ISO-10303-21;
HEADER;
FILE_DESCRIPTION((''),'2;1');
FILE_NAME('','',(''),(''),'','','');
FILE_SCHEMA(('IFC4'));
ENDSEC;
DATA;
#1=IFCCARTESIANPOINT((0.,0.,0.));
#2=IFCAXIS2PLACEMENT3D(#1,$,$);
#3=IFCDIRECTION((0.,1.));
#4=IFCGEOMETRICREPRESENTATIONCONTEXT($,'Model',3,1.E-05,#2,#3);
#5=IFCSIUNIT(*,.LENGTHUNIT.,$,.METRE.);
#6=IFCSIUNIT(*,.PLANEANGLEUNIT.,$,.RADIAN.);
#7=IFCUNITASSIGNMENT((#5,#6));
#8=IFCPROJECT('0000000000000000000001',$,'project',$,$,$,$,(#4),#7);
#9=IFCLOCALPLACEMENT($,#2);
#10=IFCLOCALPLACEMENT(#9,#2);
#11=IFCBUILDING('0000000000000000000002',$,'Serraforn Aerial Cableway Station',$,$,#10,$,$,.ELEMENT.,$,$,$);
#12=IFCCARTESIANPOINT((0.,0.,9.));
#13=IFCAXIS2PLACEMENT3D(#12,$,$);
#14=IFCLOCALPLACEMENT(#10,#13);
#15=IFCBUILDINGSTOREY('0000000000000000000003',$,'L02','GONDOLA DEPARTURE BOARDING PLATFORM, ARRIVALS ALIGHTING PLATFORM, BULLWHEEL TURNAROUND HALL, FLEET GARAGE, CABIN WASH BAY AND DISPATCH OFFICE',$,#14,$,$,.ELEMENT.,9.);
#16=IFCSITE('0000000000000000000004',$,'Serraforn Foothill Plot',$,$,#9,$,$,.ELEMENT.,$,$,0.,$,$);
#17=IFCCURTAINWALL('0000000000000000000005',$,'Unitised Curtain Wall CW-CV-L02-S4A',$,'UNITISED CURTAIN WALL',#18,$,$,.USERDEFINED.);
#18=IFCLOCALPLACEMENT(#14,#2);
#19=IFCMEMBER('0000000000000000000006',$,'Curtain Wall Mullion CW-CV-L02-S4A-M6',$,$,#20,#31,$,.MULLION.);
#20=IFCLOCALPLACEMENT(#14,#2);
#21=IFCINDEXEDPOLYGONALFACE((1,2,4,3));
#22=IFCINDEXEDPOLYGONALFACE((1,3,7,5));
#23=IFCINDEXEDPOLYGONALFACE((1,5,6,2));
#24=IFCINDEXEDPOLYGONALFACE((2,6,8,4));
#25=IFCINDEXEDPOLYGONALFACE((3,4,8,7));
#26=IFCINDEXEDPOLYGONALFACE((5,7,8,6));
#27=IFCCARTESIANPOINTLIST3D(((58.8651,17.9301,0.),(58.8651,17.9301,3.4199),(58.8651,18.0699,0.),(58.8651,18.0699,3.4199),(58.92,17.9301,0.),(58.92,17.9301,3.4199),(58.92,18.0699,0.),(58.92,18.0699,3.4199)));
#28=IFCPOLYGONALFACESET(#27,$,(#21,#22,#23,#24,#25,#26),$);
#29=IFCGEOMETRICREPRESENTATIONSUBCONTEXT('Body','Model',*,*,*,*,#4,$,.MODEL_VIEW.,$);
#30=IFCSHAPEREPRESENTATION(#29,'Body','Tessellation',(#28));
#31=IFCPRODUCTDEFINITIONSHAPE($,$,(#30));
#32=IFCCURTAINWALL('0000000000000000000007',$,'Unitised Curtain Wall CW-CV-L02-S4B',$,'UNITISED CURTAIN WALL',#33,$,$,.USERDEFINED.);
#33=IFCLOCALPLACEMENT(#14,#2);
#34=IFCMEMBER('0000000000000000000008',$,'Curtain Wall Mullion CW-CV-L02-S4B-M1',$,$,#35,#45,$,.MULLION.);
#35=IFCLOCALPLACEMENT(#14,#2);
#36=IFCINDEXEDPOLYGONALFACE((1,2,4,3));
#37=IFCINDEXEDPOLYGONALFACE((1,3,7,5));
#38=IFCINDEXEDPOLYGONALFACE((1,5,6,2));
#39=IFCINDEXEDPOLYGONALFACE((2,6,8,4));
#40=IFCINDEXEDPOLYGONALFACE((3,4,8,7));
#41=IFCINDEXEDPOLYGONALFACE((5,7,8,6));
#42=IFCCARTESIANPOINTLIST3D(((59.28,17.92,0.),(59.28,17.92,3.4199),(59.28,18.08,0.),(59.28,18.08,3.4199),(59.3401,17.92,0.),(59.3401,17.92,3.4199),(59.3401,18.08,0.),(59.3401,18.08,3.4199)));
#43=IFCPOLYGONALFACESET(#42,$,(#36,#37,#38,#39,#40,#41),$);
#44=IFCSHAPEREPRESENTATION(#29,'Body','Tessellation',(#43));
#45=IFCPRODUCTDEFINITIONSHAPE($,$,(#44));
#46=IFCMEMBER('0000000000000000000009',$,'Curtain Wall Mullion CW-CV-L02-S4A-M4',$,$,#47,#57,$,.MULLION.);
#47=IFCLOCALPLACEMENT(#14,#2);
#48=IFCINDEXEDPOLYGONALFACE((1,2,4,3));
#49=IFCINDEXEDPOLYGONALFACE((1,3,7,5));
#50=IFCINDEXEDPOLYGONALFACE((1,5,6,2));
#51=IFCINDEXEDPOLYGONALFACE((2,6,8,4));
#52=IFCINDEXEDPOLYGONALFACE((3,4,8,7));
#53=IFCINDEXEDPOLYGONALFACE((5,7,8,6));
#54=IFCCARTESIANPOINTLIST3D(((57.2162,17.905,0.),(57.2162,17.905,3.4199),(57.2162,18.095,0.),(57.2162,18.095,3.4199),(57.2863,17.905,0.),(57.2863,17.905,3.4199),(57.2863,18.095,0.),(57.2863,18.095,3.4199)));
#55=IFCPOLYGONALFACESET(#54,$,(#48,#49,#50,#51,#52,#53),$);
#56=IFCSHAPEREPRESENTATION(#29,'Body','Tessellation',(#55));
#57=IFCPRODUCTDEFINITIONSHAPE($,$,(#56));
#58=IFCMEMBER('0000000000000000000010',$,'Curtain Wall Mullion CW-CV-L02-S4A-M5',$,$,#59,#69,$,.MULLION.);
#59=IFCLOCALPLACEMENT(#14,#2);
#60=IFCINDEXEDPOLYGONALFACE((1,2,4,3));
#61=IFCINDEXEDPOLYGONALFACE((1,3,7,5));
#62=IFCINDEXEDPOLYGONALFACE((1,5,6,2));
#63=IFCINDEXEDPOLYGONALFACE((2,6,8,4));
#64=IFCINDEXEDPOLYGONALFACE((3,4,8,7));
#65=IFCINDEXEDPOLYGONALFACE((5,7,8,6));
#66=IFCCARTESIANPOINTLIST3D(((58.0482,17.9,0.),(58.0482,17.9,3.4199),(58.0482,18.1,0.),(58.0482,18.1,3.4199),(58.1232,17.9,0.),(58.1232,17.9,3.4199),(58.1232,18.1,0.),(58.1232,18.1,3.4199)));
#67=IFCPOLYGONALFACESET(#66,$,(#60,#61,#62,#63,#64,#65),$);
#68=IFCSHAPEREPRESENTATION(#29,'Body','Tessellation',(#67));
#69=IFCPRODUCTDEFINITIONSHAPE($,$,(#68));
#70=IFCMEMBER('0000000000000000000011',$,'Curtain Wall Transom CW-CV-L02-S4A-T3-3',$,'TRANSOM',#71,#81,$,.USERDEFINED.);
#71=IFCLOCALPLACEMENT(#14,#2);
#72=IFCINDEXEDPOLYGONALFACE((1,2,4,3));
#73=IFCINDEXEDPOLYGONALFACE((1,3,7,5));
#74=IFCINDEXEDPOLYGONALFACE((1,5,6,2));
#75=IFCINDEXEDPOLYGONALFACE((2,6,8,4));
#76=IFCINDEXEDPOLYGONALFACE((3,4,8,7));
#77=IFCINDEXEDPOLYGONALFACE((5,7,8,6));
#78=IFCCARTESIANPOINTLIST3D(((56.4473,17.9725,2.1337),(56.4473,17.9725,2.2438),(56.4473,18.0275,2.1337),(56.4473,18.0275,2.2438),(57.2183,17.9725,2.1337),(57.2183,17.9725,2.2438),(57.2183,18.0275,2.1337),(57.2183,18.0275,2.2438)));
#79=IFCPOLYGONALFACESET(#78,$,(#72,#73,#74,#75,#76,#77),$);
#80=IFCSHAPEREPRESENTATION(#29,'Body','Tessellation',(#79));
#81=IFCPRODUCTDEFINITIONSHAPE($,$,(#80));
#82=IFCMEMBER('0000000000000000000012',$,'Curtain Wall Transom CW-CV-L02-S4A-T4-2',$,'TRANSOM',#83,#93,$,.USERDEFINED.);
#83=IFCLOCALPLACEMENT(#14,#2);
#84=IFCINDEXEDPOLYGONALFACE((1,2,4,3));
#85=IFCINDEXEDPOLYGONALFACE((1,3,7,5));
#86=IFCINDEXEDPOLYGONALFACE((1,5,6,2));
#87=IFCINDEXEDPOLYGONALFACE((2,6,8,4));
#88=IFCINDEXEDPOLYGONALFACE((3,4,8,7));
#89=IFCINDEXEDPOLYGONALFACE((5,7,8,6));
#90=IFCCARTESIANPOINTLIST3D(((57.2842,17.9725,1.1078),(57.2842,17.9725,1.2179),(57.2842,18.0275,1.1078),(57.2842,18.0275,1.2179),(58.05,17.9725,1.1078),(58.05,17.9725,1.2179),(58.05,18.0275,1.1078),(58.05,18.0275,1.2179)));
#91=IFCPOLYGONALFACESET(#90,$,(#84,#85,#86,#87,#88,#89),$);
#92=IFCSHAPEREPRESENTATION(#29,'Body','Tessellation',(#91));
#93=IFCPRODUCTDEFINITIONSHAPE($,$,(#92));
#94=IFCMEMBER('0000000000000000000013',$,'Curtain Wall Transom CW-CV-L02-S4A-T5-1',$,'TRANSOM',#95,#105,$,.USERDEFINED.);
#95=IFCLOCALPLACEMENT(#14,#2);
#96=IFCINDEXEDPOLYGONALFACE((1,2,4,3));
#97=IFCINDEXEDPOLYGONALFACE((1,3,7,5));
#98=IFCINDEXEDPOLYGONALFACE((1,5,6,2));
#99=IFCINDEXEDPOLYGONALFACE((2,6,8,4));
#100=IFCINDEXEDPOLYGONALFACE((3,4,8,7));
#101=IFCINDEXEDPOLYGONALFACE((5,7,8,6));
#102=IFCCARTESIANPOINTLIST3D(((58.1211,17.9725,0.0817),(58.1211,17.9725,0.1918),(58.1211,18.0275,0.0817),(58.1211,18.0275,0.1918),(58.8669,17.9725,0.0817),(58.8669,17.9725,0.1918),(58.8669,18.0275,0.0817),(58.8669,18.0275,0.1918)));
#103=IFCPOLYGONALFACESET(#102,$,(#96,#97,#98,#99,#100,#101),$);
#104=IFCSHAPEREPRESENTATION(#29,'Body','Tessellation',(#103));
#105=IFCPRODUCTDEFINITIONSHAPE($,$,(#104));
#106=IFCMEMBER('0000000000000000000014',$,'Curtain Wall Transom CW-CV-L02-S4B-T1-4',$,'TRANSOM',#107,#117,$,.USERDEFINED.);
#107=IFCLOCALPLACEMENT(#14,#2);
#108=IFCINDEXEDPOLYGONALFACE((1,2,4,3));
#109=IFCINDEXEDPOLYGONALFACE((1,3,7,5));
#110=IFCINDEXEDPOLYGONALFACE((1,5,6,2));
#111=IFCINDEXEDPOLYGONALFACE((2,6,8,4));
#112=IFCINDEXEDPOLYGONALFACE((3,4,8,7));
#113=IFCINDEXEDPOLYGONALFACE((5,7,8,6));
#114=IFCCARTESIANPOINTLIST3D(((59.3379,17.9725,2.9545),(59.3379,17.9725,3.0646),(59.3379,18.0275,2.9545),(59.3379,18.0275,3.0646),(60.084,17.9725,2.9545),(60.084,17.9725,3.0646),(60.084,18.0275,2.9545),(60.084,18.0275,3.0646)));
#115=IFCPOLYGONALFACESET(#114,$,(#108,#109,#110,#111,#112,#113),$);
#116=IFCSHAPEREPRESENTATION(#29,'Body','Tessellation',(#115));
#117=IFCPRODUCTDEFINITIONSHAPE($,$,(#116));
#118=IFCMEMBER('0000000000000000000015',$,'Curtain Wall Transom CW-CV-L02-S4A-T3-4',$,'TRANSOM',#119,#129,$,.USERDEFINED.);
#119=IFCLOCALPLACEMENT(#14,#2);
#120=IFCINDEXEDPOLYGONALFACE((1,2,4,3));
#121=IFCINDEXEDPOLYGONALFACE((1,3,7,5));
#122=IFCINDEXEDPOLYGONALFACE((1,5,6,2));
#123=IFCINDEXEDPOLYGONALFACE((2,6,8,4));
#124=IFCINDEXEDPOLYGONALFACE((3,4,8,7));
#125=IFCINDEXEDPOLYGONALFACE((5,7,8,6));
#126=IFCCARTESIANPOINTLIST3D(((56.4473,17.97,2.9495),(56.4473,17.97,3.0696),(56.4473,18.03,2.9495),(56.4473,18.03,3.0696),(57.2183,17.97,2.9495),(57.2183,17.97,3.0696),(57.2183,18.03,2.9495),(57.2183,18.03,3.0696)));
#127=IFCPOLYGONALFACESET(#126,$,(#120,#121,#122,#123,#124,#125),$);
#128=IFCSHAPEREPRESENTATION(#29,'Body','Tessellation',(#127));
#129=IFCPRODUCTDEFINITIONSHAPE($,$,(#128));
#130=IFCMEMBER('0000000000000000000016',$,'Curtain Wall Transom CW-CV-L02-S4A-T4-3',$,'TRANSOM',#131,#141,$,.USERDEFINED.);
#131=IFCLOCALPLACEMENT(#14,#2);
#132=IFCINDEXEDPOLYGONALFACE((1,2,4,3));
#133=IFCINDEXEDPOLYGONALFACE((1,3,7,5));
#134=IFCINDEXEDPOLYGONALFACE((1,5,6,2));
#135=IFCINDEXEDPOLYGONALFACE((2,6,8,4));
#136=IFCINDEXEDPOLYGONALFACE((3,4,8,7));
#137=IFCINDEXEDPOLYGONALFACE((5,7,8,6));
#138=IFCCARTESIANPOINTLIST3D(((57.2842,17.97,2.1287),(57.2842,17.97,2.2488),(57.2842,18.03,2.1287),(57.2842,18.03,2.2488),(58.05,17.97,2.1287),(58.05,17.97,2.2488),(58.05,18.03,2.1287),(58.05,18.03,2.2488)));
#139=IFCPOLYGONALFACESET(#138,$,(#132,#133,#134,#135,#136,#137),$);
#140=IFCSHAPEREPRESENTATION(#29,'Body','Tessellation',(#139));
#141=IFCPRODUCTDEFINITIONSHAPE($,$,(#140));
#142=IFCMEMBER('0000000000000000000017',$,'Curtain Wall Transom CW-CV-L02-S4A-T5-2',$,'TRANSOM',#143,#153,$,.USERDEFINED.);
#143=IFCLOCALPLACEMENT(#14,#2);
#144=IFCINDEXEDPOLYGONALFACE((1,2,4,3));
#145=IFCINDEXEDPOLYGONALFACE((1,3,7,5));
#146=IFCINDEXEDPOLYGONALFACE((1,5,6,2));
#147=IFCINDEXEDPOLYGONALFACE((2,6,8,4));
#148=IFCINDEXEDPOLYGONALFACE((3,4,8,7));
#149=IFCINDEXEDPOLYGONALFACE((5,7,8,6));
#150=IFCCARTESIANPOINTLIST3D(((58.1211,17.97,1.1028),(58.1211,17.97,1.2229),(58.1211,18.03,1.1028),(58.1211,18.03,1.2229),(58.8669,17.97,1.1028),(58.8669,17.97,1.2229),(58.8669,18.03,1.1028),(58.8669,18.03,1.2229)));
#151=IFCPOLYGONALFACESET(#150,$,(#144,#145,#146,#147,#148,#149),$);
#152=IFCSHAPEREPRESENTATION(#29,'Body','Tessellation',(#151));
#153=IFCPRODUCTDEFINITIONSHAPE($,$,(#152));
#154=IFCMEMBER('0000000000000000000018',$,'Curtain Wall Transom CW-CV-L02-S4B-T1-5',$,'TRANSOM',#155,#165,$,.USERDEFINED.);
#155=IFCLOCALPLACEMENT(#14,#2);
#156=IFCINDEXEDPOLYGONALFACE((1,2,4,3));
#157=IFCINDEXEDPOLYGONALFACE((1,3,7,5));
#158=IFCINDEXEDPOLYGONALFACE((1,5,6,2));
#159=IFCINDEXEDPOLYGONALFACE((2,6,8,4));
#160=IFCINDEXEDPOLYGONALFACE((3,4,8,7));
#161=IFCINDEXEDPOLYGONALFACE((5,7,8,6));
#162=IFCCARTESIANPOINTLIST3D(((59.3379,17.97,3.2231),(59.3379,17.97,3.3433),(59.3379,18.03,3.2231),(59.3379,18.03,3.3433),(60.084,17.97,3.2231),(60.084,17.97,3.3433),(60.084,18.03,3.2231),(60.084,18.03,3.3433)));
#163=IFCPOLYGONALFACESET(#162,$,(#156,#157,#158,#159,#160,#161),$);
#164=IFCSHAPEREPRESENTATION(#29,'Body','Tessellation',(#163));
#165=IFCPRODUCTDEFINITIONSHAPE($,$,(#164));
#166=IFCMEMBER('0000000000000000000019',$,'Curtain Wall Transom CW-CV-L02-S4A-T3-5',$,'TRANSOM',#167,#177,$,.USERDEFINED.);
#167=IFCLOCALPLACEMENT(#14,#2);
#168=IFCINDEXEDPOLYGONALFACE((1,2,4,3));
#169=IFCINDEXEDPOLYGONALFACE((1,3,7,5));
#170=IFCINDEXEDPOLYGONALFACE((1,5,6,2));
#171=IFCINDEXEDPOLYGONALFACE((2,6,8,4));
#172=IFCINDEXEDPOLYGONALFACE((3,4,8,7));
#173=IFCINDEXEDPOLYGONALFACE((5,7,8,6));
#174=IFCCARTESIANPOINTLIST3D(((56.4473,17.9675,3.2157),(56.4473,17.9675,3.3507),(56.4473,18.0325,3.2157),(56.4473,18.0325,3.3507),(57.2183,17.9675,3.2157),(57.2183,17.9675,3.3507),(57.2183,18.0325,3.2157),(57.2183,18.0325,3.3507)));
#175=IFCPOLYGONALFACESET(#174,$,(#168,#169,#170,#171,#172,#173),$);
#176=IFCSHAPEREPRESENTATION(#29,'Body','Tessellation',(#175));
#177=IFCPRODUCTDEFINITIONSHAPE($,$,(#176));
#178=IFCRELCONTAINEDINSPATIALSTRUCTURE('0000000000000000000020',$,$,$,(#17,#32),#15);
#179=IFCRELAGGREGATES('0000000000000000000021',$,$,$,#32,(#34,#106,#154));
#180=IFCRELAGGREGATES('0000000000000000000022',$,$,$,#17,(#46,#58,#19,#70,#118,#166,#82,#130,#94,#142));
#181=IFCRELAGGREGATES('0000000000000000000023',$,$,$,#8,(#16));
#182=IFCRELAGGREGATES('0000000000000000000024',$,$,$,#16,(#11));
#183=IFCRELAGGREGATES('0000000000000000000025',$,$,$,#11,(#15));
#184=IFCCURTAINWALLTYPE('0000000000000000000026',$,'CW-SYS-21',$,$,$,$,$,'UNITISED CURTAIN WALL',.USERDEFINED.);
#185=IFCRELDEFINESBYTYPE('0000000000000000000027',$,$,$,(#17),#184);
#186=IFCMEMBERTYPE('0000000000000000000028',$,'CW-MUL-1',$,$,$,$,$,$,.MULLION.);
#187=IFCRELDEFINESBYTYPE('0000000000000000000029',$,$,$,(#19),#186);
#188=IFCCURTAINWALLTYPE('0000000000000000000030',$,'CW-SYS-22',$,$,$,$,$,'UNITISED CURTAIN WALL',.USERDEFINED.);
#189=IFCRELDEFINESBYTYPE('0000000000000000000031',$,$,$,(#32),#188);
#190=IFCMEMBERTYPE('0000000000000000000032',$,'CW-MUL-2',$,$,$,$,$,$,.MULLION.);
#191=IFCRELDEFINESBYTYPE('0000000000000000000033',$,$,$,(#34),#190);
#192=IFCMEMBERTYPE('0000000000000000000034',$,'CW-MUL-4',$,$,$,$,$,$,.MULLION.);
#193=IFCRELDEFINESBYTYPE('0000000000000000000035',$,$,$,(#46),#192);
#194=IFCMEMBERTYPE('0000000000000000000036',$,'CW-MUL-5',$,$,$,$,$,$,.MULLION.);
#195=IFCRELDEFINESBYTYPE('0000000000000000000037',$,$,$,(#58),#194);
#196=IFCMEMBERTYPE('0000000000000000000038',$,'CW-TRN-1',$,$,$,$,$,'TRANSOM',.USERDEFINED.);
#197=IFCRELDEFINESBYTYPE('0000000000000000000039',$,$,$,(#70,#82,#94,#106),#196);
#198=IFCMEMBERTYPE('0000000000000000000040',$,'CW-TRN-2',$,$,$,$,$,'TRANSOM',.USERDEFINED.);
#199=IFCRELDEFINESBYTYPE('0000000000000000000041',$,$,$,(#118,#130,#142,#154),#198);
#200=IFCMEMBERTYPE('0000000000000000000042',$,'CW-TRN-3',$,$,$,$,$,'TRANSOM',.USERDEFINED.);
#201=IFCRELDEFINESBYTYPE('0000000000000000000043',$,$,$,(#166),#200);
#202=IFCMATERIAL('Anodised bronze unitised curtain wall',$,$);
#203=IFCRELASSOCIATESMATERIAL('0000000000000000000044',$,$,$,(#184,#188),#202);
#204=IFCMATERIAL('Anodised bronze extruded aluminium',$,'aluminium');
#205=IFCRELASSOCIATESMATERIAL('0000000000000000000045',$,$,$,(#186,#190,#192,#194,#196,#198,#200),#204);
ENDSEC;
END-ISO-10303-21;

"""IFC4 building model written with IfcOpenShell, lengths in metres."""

from ifc_helpers import new_model, si_unit, direction, frame, origin, origin_2d, place, context, subcontext, project, spatial, rectangle, extrude, material, material_profile, profile_set, type_object, element, aggregate, save


model = new_model("IFC4")

# Units and contexts
model_context = context("Model", 3, precision=1e-05, world=origin(), true_north=direction((0.0, 1.0)))
body_context = subcontext(model_context, "Body", "Model", "MODEL_VIEW")
ifc_project = project(units=[si_unit("LENGTHUNIT", "METRE"), si_unit("PLANEANGLEUNIT", "RADIAN")], contexts=[model_context])

# Site, building, storey
site_placement = place(None, origin())
site = spatial("IfcSite", under=ifc_project, at=site_placement, Name="Serraforn Foothill Plot", CompositionType="ELEMENT", RefElevation=0.0)
building_placement = place(site_placement, origin())
building = spatial("IfcBuilding", under=site, at=building_placement, Name="Serraforn Aerial Cableway Station", CompositionType="ELEMENT")
storey_placement = place(building_placement, frame((0.0, 0.0, 9.0)))
storey = spatial("IfcBuildingStorey", under=building, at=storey_placement, Name="L02", Description="GONDOLA DEPARTURE BOARDING PLATFORM, ARRIVALS ALIGHTING PLATFORM, BULLWHEEL TURNAROUND HALL, FLEET GARAGE, CABIN WASH BAY AND DISPATCH OFFICE", CompositionType="ELEMENT", Elevation=9.0)

# Curtain walls, members
ifc_material_1 = material(Name="Anodised bronze unitised curtain wall")
curtain_wall_type_1 = type_object("IfcCurtainWallType", Name="CW-SYS-21", ElementType="UNITISED CURTAIN WALL", PredefinedType="USERDEFINED", material=ifc_material_1)
curtain_wall_1_placement = place(storey_placement, origin())
curtain_wall_1 = element("IfcCurtainWall", 1, at=curtain_wall_1_placement, inside=storey, type_object=curtain_wall_type_1, Name="Unitised Curtain Wall CW-CV-L02-S4A", ObjectType="UNITISED CURTAIN WALL", PredefinedType="USERDEFINED")
ifc_material_2 = material(Name="Anodised bronze extruded aluminium", Category="aluminium")
ifc_material_profile_1 = material_profile(ifc_material_2, rectangle(XDim=0.0549, YDim=0.1399, at=origin_2d()), Name="CW MULLION 55x140")
ifc_profile_set_1 = profile_set([ifc_material_profile_1], Name="Anodised bronze extruded aluminium")
member_type_1 = type_object("IfcMemberType", Name="CW-MUL-1", PredefinedType="MULLION", material=ifc_profile_set_1)
member_1_placement = place(storey_placement, frame((58.8926, 18.0, 0.0), z_axis=(0.0, 0.0, 1.0), x_axis=(1.0, 0.0, 0.0)))
member_1 = element("IfcMember", 2, at=member_1_placement, type_object=member_type_1, Name="Curtain Wall Mullion CW-CV-L02-S4A-M6", PredefinedType="MULLION", context=body_context, shape_type="SweptSolid", body=[
    extrude(rectangle(XDim=0.0549, YDim=0.1399, at=origin_2d()), origin(), (0.0, 0.0, 1.0), 3.4199),
])
curtain_wall_type_2 = type_object("IfcCurtainWallType", Name="CW-SYS-22", ElementType="UNITISED CURTAIN WALL", PredefinedType="USERDEFINED", material=ifc_material_1)
curtain_wall_2_placement = place(storey_placement, origin())
curtain_wall_2 = element("IfcCurtainWall", 3, at=curtain_wall_2_placement, inside=storey, type_object=curtain_wall_type_2, Name="Unitised Curtain Wall CW-CV-L02-S4B", ObjectType="UNITISED CURTAIN WALL", PredefinedType="USERDEFINED")
ifc_material_profile_2 = material_profile(ifc_material_2, rectangle(XDim=0.0601, YDim=0.1599, at=origin_2d()), Name="CW MULLION 60x160")
ifc_profile_set_2 = profile_set([ifc_material_profile_2], Name="Anodised bronze extruded aluminium")
member_type_2 = type_object("IfcMemberType", Name="CW-MUL-2", PredefinedType="MULLION", material=ifc_profile_set_2)
member_2_placement = place(storey_placement, frame((59.3101, 18.0, 0.0), z_axis=(0.0, 0.0, 1.0), x_axis=(1.0, 0.0, 0.0)))
member_2 = element("IfcMember", 4, at=member_2_placement, type_object=member_type_2, Name="Curtain Wall Mullion CW-CV-L02-S4B-M1", PredefinedType="MULLION", context=body_context, shape_type="SweptSolid", body=[
    extrude(rectangle(XDim=0.0601, YDim=0.1599, at=origin_2d()), origin(), (0.0, 0.0, 1.0), 3.4199),
])

# Members
ifc_material_profile_3 = material_profile(ifc_material_2, rectangle(XDim=0.0701, YDim=0.1899, at=origin_2d()), Name="CW MULLION 70x190")
ifc_profile_set_3 = profile_set([ifc_material_profile_3], Name="Anodised bronze extruded aluminium")
member_type_3 = type_object("IfcMemberType", Name="CW-MUL-4", PredefinedType="MULLION", material=ifc_profile_set_3)
member_3_placement = place(storey_placement, frame((57.2512, 18.0, 0.0), z_axis=(0.0, 0.0, 1.0), x_axis=(1.0, 0.0, 0.0)))
member_3 = element("IfcMember", 5, at=member_3_placement, type_object=member_type_3, Name="Curtain Wall Mullion CW-CV-L02-S4A-M4", PredefinedType="MULLION", context=body_context, shape_type="SweptSolid", body=[
    extrude(rectangle(XDim=0.0701, YDim=0.1899, at=origin_2d()), origin(), (0.0, 0.0, 1.0), 3.4199),
])
ifc_material_profile_4 = material_profile(ifc_material_2, rectangle(XDim=0.075, YDim=0.2, at=origin_2d()), Name="CW MULLION 75x200")
ifc_profile_set_4 = profile_set([ifc_material_profile_4], Name="Anodised bronze extruded aluminium")
member_type_4 = type_object("IfcMemberType", Name="CW-MUL-5", PredefinedType="MULLION", material=ifc_profile_set_4)
member_4_placement = place(storey_placement, frame((58.0857, 18.0, 0.0), z_axis=(0.0, 0.0, 1.0), x_axis=(1.0, 0.0, 0.0)))
member_4 = element("IfcMember", 6, at=member_4_placement, type_object=member_type_4, Name="Curtain Wall Mullion CW-CV-L02-S4A-M5", PredefinedType="MULLION", context=body_context, shape_type="SweptSolid", body=[
    extrude(rectangle(XDim=0.075, YDim=0.2, at=origin_2d()), origin(), (0.0, 0.0, 1.0), 3.4199),
])
ifc_material_profile_5 = material_profile(ifc_material_2, rectangle(XDim=0.0549, YDim=0.1101, at=origin_2d()), Name="CW TRANSOM 55x110")
ifc_profile_set_5 = profile_set([ifc_material_profile_5], Name="Anodised bronze extruded aluminium")
member_type_5 = type_object("IfcMemberType", Name="CW-TRN-1", ElementType="TRANSOM", PredefinedType="USERDEFINED", material=ifc_profile_set_5)
member_5_placement = place(storey_placement, frame((56.4473, 18.0, 2.1887), z_axis=(1.0, 0.0, 0.0), x_axis=(0.0, 1.0, 0.0)))
member_5 = element("IfcMember", 7, at=member_5_placement, type_object=member_type_5, Name="Curtain Wall Transom CW-CV-L02-S4A-T3-3", ObjectType="TRANSOM", PredefinedType="USERDEFINED", context=body_context, shape_type="SweptSolid", body=[
    extrude(rectangle(XDim=0.0549, YDim=0.1101, at=origin_2d()), origin(), (0.0, 0.0, 1.0), 0.771),
])
member_6_placement = place(storey_placement, frame((57.2842, 18.0, 1.1628), z_axis=(1.0, 0.0, 0.0), x_axis=(0.0, 1.0, 0.0)))
member_6 = element("IfcMember", 8, at=member_6_placement, type_object=member_type_5, Name="Curtain Wall Transom CW-CV-L02-S4A-T4-2", ObjectType="TRANSOM", PredefinedType="USERDEFINED", context=body_context, shape_type="SweptSolid", body=[
    extrude(rectangle(XDim=0.0549, YDim=0.1101, at=origin_2d()), origin(), (0.0, 0.0, 1.0), 0.7659),
])
member_7_placement = place(storey_placement, frame((58.1211, 18.0, 0.1367), z_axis=(1.0, 0.0, 0.0), x_axis=(0.0, 1.0, 0.0)))
member_7 = element("IfcMember", 9, at=member_7_placement, type_object=member_type_5, Name="Curtain Wall Transom CW-CV-L02-S4A-T5-1", ObjectType="TRANSOM", PredefinedType="USERDEFINED", context=body_context, shape_type="SweptSolid", body=[
    extrude(rectangle(XDim=0.0549, YDim=0.1101, at=origin_2d()), origin(), (0.0, 0.0, 1.0), 0.7458),
])
member_8_placement = place(storey_placement, frame((59.3379, 18.0, 3.0095), z_axis=(1.0, 0.0, 0.0), x_axis=(0.0, 1.0, 0.0)))
member_8 = element("IfcMember", 10, at=member_8_placement, type_object=member_type_5, Name="Curtain Wall Transom CW-CV-L02-S4B-T1-4", ObjectType="TRANSOM", PredefinedType="USERDEFINED", context=body_context, shape_type="SweptSolid", body=[
    extrude(rectangle(XDim=0.0549, YDim=0.1101, at=origin_2d()), origin(), (0.0, 0.0, 1.0), 0.7461),
])
ifc_material_profile_6 = material_profile(ifc_material_2, rectangle(XDim=0.0601, YDim=0.1201, at=origin_2d()), Name="CW TRANSOM 60x120")
ifc_profile_set_6 = profile_set([ifc_material_profile_6], Name="Anodised bronze extruded aluminium")
member_type_6 = type_object("IfcMemberType", Name="CW-TRN-2", ElementType="TRANSOM", PredefinedType="USERDEFINED", material=ifc_profile_set_6)
member_9_placement = place(storey_placement, frame((56.4473, 18.0, 3.0095), z_axis=(1.0, 0.0, 0.0), x_axis=(0.0, 1.0, 0.0)))
member_9 = element("IfcMember", 11, at=member_9_placement, type_object=member_type_6, Name="Curtain Wall Transom CW-CV-L02-S4A-T3-4", ObjectType="TRANSOM", PredefinedType="USERDEFINED", context=body_context, shape_type="SweptSolid", body=[
    extrude(rectangle(XDim=0.0601, YDim=0.1201, at=origin_2d()), origin(), (0.0, 0.0, 1.0), 0.771),
])
member_10_placement = place(storey_placement, frame((57.2842, 18.0, 2.1887), z_axis=(1.0, 0.0, 0.0), x_axis=(0.0, 1.0, 0.0)))
member_10 = element("IfcMember", 12, at=member_10_placement, type_object=member_type_6, Name="Curtain Wall Transom CW-CV-L02-S4A-T4-3", ObjectType="TRANSOM", PredefinedType="USERDEFINED", context=body_context, shape_type="SweptSolid", body=[
    extrude(rectangle(XDim=0.0601, YDim=0.1201, at=origin_2d()), origin(), (0.0, 0.0, 1.0), 0.7659),
])
member_11_placement = place(storey_placement, frame((58.1211, 18.0, 1.1628), z_axis=(1.0, 0.0, 0.0), x_axis=(0.0, 1.0, 0.0)))
member_11 = element("IfcMember", 13, at=member_11_placement, type_object=member_type_6, Name="Curtain Wall Transom CW-CV-L02-S4A-T5-2", ObjectType="TRANSOM", PredefinedType="USERDEFINED", context=body_context, shape_type="SweptSolid", body=[
    extrude(rectangle(XDim=0.0601, YDim=0.1201, at=origin_2d()), origin(), (0.0, 0.0, 1.0), 0.7458),
])
member_12_placement = place(storey_placement, frame((59.3379, 18.0, 3.2832), z_axis=(1.0, 0.0, 0.0), x_axis=(0.0, 1.0, 0.0)))
member_12 = element("IfcMember", 14, at=member_12_placement, type_object=member_type_6, Name="Curtain Wall Transom CW-CV-L02-S4B-T1-5", ObjectType="TRANSOM", PredefinedType="USERDEFINED", context=body_context, shape_type="SweptSolid", body=[
    extrude(rectangle(XDim=0.0601, YDim=0.1201, at=origin_2d()), origin(), (0.0, 0.0, 1.0), 0.7461),
])
ifc_material_profile_7 = material_profile(ifc_material_2, rectangle(XDim=0.0649, YDim=0.135, at=origin_2d()), Name="CW TRANSOM 65x135")
ifc_profile_set_7 = profile_set([ifc_material_profile_7], Name="Anodised bronze extruded aluminium")
member_type_7 = type_object("IfcMemberType", Name="CW-TRN-3", ElementType="TRANSOM", PredefinedType="USERDEFINED", material=ifc_profile_set_7)
member_13_placement = place(storey_placement, frame((56.4473, 18.0, 3.2832), z_axis=(1.0, 0.0, 0.0), x_axis=(0.0, 1.0, 0.0)))
member_13 = element("IfcMember", 15, at=member_13_placement, type_object=member_type_7, Name="Curtain Wall Transom CW-CV-L02-S4A-T3-5", ObjectType="TRANSOM", PredefinedType="USERDEFINED", context=body_context, shape_type="SweptSolid", body=[
    extrude(rectangle(XDim=0.0649, YDim=0.135, at=origin_2d()), origin(), (0.0, 0.0, 1.0), 0.771),
])

aggregate(curtain_wall_2, [member_2, member_8, member_12])
aggregate(curtain_wall_1, [member_3, member_4, member_1, member_5, member_9, member_13, member_6, member_10, member_7, member_11])

save(model, "model.ifc")
